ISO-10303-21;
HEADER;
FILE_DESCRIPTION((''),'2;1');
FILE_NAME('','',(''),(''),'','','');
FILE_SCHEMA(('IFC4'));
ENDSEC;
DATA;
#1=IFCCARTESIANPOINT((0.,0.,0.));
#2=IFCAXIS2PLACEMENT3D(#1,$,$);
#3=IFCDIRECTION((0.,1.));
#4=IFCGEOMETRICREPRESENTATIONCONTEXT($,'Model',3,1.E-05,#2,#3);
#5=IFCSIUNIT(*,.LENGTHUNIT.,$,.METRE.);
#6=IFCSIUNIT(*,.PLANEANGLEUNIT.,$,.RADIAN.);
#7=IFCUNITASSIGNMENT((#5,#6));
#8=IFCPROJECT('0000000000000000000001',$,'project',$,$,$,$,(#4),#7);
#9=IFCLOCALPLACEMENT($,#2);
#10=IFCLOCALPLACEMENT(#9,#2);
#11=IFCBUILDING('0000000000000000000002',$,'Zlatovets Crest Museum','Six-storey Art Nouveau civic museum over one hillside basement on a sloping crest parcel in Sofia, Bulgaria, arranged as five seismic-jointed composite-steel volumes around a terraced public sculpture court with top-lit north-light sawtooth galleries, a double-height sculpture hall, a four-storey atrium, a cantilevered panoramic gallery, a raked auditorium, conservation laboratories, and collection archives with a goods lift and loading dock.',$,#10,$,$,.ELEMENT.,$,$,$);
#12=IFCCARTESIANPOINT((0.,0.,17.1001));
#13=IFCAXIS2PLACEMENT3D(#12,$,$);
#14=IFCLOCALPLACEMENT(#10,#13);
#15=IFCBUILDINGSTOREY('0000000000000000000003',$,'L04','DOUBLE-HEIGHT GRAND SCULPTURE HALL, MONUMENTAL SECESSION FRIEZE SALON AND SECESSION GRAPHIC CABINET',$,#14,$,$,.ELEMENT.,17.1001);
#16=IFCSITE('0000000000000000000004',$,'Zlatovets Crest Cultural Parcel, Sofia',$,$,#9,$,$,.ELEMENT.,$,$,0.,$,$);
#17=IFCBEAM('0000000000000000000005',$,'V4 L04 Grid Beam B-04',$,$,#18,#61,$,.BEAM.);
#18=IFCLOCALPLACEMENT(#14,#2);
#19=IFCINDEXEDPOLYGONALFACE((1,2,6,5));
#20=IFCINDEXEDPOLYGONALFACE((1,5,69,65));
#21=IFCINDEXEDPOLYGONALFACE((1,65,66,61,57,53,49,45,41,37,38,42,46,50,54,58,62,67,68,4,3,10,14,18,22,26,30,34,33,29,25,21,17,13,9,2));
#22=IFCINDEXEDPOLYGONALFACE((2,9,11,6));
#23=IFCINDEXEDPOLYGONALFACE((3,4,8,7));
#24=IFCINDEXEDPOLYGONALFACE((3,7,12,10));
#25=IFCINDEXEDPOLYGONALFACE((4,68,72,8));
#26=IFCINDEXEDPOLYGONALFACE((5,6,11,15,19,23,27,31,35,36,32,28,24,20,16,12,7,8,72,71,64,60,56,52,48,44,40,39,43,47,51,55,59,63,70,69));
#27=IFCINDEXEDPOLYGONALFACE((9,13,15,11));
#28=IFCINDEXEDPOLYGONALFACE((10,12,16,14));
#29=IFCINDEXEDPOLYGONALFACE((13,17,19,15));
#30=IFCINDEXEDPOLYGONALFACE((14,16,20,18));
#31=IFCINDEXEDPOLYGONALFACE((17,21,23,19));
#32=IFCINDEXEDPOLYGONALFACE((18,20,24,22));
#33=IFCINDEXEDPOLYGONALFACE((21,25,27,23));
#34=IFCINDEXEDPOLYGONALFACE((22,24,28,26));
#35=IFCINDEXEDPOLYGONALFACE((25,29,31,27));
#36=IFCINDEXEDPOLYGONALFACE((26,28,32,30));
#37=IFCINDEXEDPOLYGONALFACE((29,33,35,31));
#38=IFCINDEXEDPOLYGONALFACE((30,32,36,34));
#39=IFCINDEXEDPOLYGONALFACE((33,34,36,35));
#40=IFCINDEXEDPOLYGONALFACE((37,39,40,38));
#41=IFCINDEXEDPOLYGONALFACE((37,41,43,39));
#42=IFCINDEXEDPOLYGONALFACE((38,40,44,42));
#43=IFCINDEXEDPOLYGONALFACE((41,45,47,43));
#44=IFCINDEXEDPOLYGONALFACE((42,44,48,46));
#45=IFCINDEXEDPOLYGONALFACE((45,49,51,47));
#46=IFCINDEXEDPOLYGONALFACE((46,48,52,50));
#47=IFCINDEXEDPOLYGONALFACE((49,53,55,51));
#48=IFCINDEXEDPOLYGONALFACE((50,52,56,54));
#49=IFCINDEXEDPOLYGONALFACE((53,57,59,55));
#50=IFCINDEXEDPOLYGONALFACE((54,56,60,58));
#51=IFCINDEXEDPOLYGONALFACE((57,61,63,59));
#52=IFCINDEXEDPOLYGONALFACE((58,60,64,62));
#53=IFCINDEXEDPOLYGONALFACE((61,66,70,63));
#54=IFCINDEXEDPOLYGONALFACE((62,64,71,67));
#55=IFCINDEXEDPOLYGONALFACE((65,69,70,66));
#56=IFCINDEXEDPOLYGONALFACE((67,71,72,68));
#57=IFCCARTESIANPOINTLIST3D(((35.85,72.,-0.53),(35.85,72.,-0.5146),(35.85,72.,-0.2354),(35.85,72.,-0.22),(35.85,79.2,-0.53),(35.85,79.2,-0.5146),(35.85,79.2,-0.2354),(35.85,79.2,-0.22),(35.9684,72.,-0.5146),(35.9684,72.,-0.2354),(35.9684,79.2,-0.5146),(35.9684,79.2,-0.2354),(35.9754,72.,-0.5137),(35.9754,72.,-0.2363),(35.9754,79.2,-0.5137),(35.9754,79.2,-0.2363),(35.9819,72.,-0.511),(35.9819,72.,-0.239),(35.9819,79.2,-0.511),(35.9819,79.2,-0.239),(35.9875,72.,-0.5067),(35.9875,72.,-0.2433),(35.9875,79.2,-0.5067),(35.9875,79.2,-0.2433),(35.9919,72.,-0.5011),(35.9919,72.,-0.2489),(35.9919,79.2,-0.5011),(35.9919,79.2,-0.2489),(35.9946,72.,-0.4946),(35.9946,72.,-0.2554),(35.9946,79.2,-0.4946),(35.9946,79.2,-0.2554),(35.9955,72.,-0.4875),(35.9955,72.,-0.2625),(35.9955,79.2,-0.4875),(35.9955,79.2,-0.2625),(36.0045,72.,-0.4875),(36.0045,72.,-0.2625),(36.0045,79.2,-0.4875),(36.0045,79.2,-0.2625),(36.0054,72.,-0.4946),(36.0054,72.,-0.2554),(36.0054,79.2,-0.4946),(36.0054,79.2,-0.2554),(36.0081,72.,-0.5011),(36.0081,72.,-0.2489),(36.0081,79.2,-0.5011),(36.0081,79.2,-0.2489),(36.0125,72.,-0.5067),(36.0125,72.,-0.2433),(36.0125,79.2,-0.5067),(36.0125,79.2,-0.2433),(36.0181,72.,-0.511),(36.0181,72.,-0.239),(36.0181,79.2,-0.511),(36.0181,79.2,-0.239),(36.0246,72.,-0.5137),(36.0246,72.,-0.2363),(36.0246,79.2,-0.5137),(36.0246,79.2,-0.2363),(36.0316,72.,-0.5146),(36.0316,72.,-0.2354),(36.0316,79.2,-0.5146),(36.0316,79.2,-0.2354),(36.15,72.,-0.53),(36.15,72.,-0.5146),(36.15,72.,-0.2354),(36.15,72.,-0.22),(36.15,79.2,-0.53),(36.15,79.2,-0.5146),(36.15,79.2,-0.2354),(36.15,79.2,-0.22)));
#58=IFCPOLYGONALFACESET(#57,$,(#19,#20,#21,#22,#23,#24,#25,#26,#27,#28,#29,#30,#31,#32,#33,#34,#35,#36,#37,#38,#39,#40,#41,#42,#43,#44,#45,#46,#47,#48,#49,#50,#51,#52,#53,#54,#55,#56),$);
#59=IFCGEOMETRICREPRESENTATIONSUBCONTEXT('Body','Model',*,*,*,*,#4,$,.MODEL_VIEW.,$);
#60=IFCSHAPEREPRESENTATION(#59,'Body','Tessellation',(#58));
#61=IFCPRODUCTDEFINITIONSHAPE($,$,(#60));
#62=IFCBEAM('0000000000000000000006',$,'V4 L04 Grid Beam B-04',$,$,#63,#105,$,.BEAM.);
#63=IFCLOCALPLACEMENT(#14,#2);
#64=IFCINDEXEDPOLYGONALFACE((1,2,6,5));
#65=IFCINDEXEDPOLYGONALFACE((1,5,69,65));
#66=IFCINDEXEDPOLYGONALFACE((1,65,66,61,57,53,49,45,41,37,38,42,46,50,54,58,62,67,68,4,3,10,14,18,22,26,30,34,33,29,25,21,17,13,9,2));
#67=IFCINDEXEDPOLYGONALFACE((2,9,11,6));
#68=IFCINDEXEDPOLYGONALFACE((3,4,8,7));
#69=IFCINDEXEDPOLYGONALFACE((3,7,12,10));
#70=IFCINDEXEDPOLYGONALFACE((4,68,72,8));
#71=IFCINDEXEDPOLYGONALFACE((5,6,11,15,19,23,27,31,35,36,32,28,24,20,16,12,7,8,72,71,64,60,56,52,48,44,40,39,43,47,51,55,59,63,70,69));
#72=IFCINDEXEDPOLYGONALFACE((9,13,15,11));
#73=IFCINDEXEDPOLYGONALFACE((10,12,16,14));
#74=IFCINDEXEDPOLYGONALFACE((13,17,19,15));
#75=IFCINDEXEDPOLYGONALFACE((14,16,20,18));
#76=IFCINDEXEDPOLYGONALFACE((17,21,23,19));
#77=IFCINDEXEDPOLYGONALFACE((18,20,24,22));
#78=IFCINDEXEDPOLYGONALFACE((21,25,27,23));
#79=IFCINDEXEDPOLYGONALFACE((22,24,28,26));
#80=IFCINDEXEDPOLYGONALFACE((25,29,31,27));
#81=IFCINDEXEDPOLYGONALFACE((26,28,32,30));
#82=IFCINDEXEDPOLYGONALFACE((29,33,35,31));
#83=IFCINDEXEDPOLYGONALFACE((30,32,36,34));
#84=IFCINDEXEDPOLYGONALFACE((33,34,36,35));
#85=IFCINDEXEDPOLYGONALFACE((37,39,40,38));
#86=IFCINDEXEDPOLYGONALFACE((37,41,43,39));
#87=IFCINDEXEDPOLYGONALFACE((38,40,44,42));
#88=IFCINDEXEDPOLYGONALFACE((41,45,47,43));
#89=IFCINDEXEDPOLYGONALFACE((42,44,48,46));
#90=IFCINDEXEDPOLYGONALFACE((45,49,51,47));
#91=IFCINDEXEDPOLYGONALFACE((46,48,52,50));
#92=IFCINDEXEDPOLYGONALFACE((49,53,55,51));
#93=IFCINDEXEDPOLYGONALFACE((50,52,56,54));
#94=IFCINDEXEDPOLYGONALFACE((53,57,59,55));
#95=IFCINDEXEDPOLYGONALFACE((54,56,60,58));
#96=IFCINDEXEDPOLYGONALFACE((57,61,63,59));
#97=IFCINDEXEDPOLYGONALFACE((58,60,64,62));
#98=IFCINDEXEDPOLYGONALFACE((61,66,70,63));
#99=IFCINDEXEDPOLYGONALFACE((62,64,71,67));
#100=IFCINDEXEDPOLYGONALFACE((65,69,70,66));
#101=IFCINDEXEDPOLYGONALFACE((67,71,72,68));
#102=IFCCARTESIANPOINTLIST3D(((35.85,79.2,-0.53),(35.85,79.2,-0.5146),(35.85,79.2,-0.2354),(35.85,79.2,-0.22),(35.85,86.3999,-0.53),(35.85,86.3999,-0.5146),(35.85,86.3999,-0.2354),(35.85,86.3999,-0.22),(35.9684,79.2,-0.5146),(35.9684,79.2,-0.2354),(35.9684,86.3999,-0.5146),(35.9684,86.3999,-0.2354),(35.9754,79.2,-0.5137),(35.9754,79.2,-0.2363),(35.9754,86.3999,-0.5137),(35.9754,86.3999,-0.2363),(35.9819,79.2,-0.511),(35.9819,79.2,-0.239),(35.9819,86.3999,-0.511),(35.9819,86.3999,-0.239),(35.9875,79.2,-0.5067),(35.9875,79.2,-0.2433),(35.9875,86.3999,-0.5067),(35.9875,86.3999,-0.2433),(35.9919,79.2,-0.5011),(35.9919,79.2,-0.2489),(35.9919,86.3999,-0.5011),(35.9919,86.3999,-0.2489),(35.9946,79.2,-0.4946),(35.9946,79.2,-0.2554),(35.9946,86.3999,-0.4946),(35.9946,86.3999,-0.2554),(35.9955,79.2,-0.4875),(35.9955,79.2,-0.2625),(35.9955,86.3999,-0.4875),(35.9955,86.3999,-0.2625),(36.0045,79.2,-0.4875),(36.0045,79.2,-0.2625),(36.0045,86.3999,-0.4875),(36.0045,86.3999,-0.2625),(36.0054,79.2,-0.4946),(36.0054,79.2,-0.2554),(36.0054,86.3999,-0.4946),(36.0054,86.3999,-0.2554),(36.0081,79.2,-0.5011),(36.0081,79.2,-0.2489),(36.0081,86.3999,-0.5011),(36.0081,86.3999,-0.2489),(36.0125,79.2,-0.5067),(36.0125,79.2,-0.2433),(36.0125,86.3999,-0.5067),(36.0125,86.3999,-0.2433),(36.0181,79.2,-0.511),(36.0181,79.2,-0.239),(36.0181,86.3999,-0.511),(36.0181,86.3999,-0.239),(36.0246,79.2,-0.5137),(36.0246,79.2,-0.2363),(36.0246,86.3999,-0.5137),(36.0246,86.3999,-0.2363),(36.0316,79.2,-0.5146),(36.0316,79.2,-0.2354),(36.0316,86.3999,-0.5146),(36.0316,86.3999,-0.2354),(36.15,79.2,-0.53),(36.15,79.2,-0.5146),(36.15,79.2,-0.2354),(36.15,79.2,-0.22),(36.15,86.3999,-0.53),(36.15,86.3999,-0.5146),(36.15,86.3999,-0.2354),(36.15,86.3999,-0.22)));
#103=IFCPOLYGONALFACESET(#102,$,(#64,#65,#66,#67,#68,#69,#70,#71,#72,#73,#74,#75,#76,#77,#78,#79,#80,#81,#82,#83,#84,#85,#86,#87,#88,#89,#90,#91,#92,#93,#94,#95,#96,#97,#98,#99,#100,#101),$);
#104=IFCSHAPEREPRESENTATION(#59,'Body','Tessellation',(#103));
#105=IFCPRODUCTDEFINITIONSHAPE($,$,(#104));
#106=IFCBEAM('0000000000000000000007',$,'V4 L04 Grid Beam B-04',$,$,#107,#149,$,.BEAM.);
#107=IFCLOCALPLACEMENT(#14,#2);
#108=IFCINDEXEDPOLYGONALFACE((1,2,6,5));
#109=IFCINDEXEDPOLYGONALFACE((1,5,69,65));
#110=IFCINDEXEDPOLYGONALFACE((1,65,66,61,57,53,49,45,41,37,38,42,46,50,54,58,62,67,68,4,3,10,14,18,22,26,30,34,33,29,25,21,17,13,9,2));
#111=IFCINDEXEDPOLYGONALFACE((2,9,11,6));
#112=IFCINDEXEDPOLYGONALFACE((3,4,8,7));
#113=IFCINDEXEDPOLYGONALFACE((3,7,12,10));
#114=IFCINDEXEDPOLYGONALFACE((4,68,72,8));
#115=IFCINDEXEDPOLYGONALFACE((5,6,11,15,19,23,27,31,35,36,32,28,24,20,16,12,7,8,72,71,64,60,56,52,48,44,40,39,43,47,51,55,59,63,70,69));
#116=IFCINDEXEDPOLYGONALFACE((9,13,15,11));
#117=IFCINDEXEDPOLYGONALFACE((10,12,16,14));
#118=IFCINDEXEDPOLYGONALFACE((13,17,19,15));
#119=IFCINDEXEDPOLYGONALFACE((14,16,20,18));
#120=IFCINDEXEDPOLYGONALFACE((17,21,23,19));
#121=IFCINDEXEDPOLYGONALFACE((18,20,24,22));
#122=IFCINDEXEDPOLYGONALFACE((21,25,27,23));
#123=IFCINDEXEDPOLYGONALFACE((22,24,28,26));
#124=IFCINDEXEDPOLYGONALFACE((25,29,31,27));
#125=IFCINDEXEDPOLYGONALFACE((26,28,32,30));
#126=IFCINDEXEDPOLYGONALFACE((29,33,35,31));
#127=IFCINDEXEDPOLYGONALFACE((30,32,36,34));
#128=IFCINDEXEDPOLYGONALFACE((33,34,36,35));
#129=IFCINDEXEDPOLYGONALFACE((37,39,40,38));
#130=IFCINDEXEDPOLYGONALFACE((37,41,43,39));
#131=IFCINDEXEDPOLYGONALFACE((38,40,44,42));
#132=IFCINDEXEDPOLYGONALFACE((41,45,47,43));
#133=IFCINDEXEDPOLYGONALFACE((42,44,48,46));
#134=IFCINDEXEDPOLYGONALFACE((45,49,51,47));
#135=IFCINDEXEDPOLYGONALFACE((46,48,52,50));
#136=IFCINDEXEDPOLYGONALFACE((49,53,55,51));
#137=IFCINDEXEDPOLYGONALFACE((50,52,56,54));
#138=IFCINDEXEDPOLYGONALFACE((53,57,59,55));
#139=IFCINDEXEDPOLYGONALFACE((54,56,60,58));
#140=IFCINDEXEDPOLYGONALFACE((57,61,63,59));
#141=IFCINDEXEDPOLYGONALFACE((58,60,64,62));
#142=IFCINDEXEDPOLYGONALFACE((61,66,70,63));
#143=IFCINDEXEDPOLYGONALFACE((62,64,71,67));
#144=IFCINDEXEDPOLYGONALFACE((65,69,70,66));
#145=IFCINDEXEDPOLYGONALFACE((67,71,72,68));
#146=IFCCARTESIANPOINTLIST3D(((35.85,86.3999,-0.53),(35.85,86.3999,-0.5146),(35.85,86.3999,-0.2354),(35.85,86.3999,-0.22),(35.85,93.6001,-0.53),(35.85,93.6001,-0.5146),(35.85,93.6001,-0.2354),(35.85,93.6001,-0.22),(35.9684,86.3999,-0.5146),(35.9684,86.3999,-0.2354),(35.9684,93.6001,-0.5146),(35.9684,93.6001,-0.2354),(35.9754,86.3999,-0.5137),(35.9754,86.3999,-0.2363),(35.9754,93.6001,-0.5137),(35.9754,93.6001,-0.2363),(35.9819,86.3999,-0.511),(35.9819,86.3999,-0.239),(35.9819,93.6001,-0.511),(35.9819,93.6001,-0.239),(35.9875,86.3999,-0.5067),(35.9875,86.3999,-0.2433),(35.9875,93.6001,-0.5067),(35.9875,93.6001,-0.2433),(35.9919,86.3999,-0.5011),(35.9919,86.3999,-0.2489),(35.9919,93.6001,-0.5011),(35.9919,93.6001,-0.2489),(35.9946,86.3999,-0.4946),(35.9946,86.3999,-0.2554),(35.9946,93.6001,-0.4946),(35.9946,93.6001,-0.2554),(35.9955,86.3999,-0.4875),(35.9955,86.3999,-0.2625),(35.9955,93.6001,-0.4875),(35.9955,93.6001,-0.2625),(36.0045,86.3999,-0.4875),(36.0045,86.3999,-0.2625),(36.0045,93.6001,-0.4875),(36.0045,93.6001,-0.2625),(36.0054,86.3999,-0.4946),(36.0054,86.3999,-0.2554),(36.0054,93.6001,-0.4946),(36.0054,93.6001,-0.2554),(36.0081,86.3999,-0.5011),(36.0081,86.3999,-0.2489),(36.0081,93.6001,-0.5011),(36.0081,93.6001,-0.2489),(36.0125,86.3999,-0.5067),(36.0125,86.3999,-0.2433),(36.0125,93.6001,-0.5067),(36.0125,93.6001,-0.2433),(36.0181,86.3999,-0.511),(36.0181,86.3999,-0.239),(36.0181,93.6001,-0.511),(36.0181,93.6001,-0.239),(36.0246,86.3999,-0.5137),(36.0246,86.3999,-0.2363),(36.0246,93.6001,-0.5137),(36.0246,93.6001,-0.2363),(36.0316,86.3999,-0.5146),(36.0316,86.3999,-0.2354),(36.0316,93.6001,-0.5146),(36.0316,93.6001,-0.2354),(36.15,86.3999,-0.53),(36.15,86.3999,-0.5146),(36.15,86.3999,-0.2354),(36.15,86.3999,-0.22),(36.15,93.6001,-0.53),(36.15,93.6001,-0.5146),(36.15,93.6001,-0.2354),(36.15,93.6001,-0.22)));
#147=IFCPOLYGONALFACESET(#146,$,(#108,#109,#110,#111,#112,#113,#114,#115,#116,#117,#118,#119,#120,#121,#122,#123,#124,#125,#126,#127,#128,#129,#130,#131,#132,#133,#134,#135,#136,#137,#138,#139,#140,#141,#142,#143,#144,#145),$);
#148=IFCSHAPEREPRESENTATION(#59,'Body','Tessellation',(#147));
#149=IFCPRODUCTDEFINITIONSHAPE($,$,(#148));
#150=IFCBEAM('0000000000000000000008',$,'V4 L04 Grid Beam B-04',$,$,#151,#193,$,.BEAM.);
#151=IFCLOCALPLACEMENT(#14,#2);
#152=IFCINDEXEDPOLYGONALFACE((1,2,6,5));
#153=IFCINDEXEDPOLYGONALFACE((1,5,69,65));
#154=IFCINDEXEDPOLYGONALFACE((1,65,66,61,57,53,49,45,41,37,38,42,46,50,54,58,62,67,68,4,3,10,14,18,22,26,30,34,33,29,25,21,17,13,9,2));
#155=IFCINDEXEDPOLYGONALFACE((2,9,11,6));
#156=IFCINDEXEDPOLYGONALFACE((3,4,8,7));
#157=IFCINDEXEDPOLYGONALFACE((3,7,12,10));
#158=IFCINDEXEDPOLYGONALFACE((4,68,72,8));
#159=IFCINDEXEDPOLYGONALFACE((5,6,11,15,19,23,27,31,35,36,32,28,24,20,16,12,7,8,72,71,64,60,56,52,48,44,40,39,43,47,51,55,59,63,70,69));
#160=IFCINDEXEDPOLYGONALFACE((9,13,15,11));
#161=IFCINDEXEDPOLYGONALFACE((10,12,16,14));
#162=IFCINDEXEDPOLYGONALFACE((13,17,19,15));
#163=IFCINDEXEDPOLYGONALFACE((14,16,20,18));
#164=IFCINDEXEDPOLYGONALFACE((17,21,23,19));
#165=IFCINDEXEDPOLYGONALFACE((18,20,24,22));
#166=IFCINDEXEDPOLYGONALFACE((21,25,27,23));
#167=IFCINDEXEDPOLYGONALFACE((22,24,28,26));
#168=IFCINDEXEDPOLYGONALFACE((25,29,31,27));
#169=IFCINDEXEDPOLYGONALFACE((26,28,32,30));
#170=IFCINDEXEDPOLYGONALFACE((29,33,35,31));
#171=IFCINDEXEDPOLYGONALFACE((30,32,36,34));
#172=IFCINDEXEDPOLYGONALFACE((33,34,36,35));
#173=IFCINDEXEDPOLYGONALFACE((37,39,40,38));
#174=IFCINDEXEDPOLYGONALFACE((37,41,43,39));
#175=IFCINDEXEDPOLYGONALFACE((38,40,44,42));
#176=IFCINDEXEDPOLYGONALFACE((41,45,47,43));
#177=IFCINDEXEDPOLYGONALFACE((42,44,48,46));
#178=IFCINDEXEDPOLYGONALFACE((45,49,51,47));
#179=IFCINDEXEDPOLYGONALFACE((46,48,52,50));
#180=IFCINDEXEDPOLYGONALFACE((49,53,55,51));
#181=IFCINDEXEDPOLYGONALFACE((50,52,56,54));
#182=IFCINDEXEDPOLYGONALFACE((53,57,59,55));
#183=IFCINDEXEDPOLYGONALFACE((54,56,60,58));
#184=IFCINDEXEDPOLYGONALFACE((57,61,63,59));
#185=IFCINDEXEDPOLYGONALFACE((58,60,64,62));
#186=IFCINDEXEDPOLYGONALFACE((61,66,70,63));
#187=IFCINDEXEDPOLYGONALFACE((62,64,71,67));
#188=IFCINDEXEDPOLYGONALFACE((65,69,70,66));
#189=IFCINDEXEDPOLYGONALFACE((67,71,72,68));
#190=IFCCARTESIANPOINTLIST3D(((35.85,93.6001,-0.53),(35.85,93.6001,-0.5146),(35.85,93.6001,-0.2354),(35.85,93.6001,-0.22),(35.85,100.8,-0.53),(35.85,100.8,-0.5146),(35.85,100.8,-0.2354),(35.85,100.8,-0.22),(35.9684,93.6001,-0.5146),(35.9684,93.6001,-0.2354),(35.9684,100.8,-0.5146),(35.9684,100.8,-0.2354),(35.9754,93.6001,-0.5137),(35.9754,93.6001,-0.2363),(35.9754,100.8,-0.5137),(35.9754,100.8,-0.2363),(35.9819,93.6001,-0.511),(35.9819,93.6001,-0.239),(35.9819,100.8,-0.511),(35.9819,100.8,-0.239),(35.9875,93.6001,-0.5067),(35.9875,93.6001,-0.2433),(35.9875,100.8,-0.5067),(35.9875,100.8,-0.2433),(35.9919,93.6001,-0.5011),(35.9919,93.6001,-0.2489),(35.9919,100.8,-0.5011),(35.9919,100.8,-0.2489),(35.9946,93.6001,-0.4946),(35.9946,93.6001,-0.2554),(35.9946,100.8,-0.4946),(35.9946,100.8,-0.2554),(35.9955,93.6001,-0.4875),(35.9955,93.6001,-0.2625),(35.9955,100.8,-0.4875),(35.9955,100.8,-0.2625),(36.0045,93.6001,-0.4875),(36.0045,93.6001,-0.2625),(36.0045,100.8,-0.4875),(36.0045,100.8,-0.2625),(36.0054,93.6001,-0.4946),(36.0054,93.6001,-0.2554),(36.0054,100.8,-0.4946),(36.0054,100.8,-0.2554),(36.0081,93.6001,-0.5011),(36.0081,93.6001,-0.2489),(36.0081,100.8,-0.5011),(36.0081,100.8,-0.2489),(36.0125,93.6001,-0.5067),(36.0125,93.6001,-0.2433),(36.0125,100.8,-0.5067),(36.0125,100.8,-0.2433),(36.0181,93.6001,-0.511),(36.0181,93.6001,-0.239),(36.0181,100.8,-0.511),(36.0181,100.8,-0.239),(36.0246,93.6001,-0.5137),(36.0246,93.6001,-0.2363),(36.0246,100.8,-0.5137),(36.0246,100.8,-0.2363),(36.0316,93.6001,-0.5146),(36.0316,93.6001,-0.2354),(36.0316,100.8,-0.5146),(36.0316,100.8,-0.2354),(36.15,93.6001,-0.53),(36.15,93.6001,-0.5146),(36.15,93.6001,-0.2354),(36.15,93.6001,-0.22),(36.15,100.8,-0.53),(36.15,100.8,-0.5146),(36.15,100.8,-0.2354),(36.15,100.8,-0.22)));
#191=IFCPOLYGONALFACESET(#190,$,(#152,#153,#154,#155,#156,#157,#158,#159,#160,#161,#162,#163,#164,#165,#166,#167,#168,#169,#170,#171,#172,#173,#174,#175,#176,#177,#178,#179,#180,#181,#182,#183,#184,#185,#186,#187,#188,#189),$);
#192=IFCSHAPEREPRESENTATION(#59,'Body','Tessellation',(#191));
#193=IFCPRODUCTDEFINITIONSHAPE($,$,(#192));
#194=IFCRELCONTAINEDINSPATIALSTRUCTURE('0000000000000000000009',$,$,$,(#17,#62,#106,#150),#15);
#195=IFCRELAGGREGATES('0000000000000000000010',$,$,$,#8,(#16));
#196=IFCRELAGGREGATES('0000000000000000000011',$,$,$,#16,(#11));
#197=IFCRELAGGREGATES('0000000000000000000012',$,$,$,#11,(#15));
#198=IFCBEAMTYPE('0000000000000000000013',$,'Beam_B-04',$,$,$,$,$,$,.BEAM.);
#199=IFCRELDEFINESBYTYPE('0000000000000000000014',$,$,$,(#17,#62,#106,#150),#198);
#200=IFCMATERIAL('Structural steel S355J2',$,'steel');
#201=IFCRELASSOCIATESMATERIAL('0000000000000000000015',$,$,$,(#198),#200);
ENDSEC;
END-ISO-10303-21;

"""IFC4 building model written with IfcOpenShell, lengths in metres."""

from ifc_helpers import new_model, si_unit, direction, frame, origin, origin_2d, place, context, subcontext, project, spatial, i_section, extrude, material, material_profile, profile_set, type_object, element, save


model = new_model("IFC4")

# Units and contexts
model_context = context("Model", 3, precision=1e-05, world=origin(), true_north=direction((0.0, 1.0)))
body_context = subcontext(model_context, "Body", "Model", "MODEL_VIEW")
ifc_project = project(units=[si_unit("LENGTHUNIT", "METRE"), si_unit("PLANEANGLEUNIT", "RADIAN")], contexts=[model_context])

# Site, building, storey
site_placement = place(None, origin())
site = spatial("IfcSite", under=ifc_project, at=site_placement, Name="Zlatovets Crest Cultural Parcel, Sofia", CompositionType="ELEMENT", RefElevation=0.0)
building_placement = place(site_placement, origin())
building = spatial("IfcBuilding", under=site, at=building_placement, Name="Zlatovets Crest Museum", Description="Six-storey Art Nouveau civic museum over one hillside basement on a sloping crest parcel in Sofia, Bulgaria, arranged as five seismic-jointed composite-steel volumes around a terraced public sculpture court with top-lit north-light sawtooth galleries, a double-height sculpture hall, a four-storey atrium, a cantilevered panoramic gallery, a raked auditorium, conservation laboratories, and collection archives with a goods lift and loading dock.", CompositionType="ELEMENT")
storey_placement = place(building_placement, frame((0.0, 0.0, 17.1001)))
storey = spatial("IfcBuildingStorey", under=building, at=storey_placement, Name="L04", Description="DOUBLE-HEIGHT GRAND SCULPTURE HALL, MONUMENTAL SECESSION FRIEZE SALON AND SECESSION GRAPHIC CABINET", CompositionType="ELEMENT", Elevation=17.1001)

# Beams
ifc_material_1 = material(Name="Structural steel S355J2", Category="steel")
ifc_material_profile_1 = material_profile(ifc_material_1, i_section(OverallWidth=0.3, OverallDepth=0.3101, WebThickness=0.009, FlangeThickness=0.0154, FilletRadius=0.0271, at=origin_2d()), Name="HEA 320")
ifc_profile_set_1 = profile_set([ifc_material_profile_1], Name="Structural steel S355J2")
beam_type_1 = type_object("IfcBeamType", Name="Beam_B-04", PredefinedType="BEAM", material=ifc_profile_set_1)
for number, where, z_axis, x_axis, name in (
    (1, (36.0, 72.0, -0.375), (0.0, 1.0, 0.0), (-1.0, 0.0, 0.0), "V4 L04 Grid Beam B-04"),
    (2, (36.0, 79.2, -0.375), (0.0, 1.0, 0.0), (-1.0, 0.0, 0.0), "V4 L04 Grid Beam B-04"),
):
    element("IfcBeam", number, at=place(storey_placement, frame(where, z_axis=z_axis, x_axis=x_axis)), inside=storey, type_object=beam_type_1, Name=name, PredefinedType="BEAM", context=body_context, shape_type="SweptSolid", body=[
        extrude(i_section(OverallWidth=0.3, OverallDepth=0.3101, WebThickness=0.009, FlangeThickness=0.0154, FilletRadius=0.0271, at=origin_2d()), origin(), (0.0, 0.0, 1.0), 7.2),
    ])
beam_1_placement = place(storey_placement, frame((36.0, 86.3999, -0.375), z_axis=(0.0, 1.0, 0.0), x_axis=(-1.0, 0.0, 0.0)))
element("IfcBeam", 3, at=beam_1_placement, inside=storey, type_object=beam_type_1, Name="V4 L04 Grid Beam B-04", PredefinedType="BEAM", context=body_context, shape_type="SweptSolid", body=[
    extrude(i_section(OverallWidth=0.3, OverallDepth=0.3101, WebThickness=0.009, FlangeThickness=0.0154, FilletRadius=0.0271, at=origin_2d()), origin(), (0.0, 0.0, 1.0), 7.2002),
])
beam_2_placement = place(storey_placement, frame((36.0, 93.6001, -0.375), z_axis=(0.0, 1.0, 0.0), x_axis=(-1.0, 0.0, 0.0)))
element("IfcBeam", 4, at=beam_2_placement, inside=storey, type_object=beam_type_1, Name="V4 L04 Grid Beam B-04", PredefinedType="BEAM", context=body_context, shape_type="SweptSolid", body=[
    extrude(i_section(OverallWidth=0.3, OverallDepth=0.3101, WebThickness=0.009, FlangeThickness=0.0154, FilletRadius=0.0271, at=origin_2d()), origin(), (0.0, 0.0, 1.0), 7.2),
])

save(model, "model.ifc")
